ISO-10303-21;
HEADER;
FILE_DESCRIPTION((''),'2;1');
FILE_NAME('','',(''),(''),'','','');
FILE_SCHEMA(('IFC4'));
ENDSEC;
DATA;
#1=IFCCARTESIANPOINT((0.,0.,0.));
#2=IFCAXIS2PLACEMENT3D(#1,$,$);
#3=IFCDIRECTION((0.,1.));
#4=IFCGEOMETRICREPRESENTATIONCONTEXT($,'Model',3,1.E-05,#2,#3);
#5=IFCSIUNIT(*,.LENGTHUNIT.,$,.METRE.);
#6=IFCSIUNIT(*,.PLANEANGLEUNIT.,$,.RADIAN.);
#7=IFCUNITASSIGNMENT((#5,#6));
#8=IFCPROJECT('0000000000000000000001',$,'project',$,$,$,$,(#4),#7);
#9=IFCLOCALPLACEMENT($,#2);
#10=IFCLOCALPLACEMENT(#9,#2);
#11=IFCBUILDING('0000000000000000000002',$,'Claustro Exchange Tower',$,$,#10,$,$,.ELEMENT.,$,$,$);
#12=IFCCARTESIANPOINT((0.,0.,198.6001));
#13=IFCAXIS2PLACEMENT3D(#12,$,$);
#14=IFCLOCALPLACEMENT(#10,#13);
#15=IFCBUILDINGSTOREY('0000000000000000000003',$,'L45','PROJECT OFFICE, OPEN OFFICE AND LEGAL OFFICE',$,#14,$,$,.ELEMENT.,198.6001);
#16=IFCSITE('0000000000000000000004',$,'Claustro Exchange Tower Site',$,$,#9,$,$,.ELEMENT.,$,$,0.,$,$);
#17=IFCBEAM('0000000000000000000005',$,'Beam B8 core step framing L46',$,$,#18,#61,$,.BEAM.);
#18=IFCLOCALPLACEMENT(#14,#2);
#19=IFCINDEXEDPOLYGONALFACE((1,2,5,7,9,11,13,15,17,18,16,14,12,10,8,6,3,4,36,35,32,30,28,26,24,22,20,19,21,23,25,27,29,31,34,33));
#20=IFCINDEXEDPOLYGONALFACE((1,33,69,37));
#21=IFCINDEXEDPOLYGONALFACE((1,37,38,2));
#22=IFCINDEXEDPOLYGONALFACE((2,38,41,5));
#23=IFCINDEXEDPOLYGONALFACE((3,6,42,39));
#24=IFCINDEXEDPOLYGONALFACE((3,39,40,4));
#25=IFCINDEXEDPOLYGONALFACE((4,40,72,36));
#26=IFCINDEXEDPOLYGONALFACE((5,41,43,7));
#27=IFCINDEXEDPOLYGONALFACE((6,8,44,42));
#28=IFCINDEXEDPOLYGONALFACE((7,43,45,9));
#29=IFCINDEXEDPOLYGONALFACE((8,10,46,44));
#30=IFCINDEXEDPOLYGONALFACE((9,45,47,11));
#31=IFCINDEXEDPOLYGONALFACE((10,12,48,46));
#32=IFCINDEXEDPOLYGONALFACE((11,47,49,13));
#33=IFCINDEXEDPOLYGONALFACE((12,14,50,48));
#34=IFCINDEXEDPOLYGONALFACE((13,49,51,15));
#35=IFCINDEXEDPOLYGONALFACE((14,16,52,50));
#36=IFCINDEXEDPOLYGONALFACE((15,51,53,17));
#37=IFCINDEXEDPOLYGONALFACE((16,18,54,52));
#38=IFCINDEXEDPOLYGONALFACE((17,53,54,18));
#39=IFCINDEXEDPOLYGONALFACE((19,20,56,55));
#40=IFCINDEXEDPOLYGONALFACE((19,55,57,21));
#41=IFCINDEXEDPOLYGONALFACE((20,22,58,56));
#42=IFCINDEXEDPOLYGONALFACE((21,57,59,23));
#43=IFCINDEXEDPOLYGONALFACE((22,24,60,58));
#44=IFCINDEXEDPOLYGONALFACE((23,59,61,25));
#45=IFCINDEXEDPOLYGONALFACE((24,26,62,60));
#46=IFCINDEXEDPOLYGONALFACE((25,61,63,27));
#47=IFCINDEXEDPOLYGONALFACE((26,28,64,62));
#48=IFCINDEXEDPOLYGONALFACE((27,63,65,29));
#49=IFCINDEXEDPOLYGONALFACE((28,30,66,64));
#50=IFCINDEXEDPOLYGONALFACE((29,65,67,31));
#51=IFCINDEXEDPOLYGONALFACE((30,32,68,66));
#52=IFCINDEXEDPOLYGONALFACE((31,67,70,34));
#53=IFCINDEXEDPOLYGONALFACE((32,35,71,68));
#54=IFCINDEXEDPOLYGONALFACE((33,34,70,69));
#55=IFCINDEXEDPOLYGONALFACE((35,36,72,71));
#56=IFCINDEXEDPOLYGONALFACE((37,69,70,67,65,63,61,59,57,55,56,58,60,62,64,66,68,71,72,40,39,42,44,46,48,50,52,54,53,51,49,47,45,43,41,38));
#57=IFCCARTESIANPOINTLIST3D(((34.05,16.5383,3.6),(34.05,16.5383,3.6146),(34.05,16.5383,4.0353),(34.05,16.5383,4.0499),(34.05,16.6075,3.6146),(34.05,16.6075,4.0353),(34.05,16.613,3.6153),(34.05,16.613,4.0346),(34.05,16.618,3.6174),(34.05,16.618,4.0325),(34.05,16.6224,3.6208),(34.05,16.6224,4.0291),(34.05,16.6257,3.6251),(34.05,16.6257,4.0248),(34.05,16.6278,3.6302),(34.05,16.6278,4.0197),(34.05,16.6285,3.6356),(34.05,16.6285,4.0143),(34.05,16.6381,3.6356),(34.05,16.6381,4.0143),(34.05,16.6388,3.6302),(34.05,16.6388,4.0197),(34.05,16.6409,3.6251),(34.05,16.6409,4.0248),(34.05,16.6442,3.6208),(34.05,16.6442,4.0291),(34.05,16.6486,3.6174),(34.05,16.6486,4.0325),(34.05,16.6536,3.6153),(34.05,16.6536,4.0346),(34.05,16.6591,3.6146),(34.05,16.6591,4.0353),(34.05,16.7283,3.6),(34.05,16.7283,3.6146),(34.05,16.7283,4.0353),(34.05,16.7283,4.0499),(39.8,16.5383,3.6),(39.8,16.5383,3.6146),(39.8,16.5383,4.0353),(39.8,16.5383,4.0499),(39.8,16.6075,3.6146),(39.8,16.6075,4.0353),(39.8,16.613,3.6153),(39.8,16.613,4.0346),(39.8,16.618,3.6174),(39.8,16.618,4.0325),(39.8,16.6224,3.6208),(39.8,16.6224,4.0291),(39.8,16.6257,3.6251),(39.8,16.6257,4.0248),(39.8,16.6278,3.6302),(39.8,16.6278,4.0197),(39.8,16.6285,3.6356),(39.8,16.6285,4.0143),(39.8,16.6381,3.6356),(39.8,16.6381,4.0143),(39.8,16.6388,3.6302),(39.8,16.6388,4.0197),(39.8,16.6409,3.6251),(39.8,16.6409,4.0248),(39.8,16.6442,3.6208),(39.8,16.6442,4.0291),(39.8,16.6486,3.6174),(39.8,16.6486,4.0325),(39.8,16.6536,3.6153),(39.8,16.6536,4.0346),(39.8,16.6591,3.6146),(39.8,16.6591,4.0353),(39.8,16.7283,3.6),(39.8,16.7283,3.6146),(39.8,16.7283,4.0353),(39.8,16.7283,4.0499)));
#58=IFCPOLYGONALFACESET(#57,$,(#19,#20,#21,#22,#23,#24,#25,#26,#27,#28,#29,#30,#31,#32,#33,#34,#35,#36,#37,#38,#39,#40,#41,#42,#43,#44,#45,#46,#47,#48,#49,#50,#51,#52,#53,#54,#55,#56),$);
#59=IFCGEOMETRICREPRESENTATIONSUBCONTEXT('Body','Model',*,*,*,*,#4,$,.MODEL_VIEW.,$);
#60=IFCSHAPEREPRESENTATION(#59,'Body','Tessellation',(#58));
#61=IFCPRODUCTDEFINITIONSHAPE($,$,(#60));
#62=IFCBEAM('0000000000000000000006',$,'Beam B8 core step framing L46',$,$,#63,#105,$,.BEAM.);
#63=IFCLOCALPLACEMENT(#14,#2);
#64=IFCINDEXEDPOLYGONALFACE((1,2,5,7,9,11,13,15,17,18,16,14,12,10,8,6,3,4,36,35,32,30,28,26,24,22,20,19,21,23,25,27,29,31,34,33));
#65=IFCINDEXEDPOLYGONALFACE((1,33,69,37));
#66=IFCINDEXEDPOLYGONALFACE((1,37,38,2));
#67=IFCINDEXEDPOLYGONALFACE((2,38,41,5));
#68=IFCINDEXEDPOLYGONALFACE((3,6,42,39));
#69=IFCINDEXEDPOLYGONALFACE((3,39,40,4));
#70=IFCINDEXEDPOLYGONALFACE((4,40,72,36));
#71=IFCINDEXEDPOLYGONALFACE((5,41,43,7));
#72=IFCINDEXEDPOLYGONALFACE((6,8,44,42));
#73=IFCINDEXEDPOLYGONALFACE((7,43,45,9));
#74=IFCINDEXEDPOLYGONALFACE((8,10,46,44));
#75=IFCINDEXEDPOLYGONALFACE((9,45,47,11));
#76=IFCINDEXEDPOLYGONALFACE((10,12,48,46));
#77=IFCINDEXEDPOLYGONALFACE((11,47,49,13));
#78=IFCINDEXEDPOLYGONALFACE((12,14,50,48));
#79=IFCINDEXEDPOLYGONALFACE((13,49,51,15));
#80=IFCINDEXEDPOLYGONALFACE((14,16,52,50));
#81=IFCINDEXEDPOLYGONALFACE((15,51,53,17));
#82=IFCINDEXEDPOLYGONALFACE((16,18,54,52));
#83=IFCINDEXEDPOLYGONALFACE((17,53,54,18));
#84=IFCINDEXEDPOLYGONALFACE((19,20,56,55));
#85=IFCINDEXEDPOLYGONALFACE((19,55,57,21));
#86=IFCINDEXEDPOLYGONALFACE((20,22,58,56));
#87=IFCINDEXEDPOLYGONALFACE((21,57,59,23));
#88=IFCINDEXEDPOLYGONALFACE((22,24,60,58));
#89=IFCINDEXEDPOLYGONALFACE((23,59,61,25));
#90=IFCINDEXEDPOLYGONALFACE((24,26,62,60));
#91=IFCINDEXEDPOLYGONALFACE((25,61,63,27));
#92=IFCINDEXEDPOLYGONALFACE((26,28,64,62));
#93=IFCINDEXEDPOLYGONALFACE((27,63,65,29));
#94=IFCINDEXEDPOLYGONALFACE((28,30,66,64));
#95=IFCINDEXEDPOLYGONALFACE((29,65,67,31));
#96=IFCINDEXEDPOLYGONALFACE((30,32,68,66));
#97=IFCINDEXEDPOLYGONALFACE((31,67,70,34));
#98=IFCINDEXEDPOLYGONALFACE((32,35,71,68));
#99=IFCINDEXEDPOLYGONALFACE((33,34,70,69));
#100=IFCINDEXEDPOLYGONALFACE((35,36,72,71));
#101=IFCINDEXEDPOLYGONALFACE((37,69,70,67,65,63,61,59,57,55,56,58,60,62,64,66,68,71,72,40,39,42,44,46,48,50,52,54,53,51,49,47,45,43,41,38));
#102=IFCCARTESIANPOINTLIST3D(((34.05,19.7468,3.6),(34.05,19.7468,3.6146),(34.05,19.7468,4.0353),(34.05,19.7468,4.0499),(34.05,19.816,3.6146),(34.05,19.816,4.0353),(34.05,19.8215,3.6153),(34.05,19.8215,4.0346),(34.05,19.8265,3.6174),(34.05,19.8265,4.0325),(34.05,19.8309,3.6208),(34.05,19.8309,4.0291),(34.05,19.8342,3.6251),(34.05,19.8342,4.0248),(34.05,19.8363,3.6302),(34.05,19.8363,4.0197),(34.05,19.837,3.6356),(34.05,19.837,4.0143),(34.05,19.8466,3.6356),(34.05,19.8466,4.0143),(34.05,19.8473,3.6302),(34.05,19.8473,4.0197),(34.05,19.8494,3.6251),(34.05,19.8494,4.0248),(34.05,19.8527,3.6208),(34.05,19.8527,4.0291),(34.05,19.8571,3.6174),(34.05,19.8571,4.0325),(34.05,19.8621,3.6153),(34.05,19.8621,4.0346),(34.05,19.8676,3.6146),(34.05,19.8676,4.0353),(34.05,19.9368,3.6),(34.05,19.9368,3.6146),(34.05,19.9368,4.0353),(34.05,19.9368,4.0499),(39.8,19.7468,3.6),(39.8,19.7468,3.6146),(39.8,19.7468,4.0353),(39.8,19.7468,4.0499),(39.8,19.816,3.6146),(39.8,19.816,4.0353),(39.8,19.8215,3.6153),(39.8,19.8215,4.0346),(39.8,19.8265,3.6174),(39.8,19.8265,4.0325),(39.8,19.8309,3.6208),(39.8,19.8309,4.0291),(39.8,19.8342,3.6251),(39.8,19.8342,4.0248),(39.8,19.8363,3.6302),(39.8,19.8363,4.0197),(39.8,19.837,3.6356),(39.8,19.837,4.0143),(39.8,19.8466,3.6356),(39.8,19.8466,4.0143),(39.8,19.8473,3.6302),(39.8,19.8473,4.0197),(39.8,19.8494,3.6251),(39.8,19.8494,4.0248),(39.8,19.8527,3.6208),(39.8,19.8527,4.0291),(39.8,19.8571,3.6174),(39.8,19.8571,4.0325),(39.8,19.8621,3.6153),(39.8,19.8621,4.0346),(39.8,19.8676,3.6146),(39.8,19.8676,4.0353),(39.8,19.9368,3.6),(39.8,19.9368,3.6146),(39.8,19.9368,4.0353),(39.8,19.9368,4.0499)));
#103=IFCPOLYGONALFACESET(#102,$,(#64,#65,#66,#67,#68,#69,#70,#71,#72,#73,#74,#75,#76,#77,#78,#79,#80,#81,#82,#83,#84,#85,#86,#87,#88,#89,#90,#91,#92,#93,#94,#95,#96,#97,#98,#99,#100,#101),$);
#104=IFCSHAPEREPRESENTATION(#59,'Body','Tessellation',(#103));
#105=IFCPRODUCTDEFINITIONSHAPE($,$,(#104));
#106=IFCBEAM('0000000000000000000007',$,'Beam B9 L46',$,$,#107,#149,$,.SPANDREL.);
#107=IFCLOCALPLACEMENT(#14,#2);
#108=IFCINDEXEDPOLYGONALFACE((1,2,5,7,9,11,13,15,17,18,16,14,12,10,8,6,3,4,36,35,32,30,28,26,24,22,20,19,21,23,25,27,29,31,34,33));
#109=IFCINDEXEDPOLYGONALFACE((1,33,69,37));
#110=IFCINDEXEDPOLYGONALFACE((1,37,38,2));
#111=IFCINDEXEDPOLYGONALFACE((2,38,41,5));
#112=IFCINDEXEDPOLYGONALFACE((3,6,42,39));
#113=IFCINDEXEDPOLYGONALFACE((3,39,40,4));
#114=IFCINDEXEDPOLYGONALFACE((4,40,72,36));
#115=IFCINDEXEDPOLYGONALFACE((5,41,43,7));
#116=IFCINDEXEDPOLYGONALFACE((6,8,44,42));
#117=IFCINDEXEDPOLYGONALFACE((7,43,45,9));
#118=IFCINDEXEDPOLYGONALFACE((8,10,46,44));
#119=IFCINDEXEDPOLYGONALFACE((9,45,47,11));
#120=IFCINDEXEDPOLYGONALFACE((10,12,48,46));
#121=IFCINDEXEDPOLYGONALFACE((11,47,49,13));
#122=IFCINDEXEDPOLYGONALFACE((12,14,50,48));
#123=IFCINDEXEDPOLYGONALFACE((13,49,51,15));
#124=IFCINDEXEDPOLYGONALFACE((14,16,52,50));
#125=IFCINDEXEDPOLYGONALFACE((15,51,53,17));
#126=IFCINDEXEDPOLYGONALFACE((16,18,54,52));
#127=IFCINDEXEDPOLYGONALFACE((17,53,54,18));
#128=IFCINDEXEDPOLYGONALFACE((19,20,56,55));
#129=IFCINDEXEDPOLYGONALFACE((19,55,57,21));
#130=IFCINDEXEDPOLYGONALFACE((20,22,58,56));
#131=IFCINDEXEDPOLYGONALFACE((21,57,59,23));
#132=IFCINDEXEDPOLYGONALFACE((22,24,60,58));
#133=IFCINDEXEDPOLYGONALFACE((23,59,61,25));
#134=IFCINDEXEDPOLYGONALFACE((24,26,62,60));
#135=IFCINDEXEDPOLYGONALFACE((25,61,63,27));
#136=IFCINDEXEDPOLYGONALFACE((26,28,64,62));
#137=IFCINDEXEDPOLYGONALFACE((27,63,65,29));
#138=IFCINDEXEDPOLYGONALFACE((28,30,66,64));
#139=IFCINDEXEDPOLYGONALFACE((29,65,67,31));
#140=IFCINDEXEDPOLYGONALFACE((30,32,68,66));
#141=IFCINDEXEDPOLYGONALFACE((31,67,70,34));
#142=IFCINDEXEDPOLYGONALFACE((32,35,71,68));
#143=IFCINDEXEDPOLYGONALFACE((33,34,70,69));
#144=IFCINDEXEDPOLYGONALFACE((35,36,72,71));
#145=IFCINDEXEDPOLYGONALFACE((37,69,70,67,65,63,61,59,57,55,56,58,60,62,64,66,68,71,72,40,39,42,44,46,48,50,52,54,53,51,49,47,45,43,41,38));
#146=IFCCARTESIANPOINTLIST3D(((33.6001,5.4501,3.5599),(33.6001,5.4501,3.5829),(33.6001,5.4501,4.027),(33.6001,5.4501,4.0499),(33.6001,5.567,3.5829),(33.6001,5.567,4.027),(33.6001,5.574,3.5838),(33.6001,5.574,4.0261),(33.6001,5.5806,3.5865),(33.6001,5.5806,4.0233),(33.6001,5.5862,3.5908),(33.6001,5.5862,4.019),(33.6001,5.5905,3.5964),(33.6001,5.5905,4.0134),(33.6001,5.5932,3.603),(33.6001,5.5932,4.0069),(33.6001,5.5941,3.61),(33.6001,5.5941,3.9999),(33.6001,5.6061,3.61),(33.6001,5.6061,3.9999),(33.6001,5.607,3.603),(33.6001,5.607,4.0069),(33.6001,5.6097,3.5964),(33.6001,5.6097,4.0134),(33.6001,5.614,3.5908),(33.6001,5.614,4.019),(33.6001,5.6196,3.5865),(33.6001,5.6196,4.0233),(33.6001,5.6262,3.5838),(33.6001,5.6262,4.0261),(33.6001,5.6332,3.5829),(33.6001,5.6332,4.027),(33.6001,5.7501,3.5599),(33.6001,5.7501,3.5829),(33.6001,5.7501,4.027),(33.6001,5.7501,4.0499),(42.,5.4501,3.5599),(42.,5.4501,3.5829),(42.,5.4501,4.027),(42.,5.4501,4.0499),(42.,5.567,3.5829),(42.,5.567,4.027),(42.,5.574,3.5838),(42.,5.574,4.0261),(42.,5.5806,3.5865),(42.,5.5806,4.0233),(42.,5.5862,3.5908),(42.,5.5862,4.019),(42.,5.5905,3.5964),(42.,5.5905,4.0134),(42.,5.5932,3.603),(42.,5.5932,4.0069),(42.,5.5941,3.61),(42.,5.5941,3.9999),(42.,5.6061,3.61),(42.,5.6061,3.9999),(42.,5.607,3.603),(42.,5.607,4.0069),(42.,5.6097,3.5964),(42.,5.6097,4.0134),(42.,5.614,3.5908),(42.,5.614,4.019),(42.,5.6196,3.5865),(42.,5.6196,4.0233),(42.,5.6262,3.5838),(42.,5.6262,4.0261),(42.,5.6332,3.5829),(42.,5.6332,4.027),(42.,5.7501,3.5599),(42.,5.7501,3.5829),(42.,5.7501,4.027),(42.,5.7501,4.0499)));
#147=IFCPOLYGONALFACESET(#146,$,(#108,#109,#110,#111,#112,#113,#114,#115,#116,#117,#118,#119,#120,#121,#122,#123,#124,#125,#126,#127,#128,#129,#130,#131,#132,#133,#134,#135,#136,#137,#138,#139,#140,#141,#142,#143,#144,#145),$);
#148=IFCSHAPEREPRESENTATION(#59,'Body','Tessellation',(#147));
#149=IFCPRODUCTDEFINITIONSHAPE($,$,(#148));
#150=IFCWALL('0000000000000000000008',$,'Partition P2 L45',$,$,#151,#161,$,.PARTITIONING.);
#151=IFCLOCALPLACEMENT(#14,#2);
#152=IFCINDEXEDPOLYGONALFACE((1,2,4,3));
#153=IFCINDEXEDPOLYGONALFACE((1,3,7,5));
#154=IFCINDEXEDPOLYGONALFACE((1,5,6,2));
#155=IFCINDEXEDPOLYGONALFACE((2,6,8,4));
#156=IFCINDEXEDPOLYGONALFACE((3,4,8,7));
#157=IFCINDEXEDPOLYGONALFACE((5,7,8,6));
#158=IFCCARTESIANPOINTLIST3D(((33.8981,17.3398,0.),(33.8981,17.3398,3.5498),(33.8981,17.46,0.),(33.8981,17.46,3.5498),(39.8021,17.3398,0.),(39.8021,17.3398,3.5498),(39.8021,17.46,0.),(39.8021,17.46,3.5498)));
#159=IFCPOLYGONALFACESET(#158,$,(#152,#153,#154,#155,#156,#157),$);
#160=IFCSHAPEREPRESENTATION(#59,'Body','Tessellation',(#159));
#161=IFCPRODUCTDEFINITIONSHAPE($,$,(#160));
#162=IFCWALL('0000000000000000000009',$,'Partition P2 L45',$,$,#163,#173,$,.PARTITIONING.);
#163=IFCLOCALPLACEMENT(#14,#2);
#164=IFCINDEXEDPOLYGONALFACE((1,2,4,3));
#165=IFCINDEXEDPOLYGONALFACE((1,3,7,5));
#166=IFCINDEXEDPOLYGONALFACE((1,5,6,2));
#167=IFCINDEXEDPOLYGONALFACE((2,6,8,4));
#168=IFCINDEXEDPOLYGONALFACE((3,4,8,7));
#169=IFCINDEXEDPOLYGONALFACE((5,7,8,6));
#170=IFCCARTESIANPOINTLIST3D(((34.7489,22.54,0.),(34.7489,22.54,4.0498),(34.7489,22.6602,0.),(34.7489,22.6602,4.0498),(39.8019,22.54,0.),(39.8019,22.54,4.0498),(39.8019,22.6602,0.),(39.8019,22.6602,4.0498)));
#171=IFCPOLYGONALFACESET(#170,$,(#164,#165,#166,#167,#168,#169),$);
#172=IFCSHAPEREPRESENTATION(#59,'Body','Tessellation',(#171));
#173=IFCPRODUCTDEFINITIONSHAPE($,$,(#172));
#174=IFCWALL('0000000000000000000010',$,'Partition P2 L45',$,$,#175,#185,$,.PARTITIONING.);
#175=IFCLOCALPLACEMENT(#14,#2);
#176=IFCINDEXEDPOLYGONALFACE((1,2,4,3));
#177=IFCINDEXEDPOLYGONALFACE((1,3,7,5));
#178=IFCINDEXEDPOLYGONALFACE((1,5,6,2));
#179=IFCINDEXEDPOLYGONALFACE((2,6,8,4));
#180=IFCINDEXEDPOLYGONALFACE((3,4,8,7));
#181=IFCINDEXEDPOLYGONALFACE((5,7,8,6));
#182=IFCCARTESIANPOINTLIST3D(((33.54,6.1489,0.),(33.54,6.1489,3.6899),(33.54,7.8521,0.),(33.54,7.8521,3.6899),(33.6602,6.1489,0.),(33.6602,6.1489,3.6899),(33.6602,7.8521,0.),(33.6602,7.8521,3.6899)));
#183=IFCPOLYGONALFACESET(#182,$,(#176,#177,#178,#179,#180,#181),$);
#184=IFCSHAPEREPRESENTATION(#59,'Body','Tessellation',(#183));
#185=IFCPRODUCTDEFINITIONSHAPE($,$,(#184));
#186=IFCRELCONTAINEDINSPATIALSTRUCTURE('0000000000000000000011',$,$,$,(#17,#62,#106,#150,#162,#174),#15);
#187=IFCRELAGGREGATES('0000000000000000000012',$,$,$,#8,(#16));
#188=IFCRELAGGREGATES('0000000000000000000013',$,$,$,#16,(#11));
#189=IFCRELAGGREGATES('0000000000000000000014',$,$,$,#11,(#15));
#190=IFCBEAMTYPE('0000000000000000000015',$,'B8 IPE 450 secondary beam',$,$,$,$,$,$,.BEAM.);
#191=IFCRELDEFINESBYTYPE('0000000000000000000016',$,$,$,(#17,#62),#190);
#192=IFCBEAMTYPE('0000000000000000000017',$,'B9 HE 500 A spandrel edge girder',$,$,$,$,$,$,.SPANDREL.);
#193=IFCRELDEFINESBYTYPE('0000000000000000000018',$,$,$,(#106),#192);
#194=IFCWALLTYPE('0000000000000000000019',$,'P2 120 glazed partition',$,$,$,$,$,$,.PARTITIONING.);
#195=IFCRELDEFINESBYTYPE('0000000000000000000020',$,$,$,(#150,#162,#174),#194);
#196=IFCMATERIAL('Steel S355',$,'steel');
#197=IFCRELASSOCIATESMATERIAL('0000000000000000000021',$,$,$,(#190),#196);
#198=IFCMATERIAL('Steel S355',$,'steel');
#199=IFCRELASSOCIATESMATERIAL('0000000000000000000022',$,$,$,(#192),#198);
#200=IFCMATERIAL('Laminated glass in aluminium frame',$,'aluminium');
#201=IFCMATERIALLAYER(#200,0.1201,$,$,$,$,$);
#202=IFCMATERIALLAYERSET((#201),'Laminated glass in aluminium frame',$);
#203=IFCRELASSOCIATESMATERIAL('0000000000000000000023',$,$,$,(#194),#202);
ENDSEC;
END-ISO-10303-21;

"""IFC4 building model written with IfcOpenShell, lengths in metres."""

from ifc_helpers import new_model, si_unit, direction, frame, frame_2d, origin, origin_2d, place, context, subcontext, project, spatial, rectangle, i_section, extrude, material, layer, layer_set, material_profile, profile_set, type_object, element, save


model = new_model("IFC4")

# Units and contexts
model_context = context("Model", 3, precision=1e-05, world=origin(), true_north=direction((0.0, 1.0)))
body_context = subcontext(model_context, "Body", "Model", "MODEL_VIEW")
ifc_project = project(units=[si_unit("LENGTHUNIT", "METRE"), si_unit("PLANEANGLEUNIT", "RADIAN")], contexts=[model_context])

# Site, building, storey
site_placement = place(None, origin())
site = spatial("IfcSite", under=ifc_project, at=site_placement, Name="Claustro Exchange Tower Site", CompositionType="ELEMENT", RefElevation=0.0)
building_placement = place(site_placement, origin())
building = spatial("IfcBuilding", under=site, at=building_placement, Name="Claustro Exchange Tower", CompositionType="ELEMENT")
storey_placement = place(building_placement, frame((0.0, 0.0, 198.6001)))
storey = spatial("IfcBuildingStorey", under=building, at=storey_placement, Name="L45", Description="PROJECT OFFICE, OPEN OFFICE AND LEGAL OFFICE", CompositionType="ELEMENT", Elevation=198.6001)

# Beams
ifc_material_1 = material(Name="Steel S355", Category="steel")
ifc_material_profile_1 = material_profile(ifc_material_1, i_section(OverallWidth=0.1899, OverallDepth=0.45, WebThickness=0.0095, FlangeThickness=0.0146, FilletRadius=0.021, at=origin_2d()), Name="IPE 450")
ifc_profile_set_1 = profile_set([ifc_material_profile_1], Name="Steel S355")
beam_type_1 = type_object("IfcBeamType", Name="B8 IPE 450 secondary beam", PredefinedType="BEAM", material=ifc_profile_set_1)
for number, where, z_axis, x_axis, name in (
    (1, (34.05, 16.6333, 3.825), (1.0, 0.0, 0.0), (0.0, 1.0, 0.0), "Beam B8 core step framing L46"),
    (2, (34.05, 19.8418, 3.825), (1.0, 0.0, 0.0), (0.0, 1.0, 0.0), "Beam B8 core step framing L46"),
):
    element("IfcBeam", number, at=place(storey_placement, frame(where, z_axis=z_axis, x_axis=x_axis)), inside=storey, type_object=beam_type_1, Name=name, PredefinedType="BEAM", context=body_context, shape_type="SweptSolid", body=[
        extrude(i_section(OverallWidth=0.1899, OverallDepth=0.45, WebThickness=0.0095, FlangeThickness=0.0146, FilletRadius=0.021, at=origin_2d()), origin(), (0.0, 0.0, 1.0), 5.75),
    ])
ifc_material_2 = material(Name="Steel S355", Category="steel")
ifc_material_profile_2 = material_profile(ifc_material_2, i_section(OverallWidth=0.3, OverallDepth=0.49, WebThickness=0.012, FlangeThickness=0.0229, FilletRadius=0.0271, at=origin_2d()), Name="HE 500 A")
ifc_profile_set_2 = profile_set([ifc_material_profile_2], Name="Steel S355")
beam_type_2 = type_object("IfcBeamType", Name="B9 HE 500 A spandrel edge girder", PredefinedType="SPANDREL", material=ifc_profile_set_2)
beam_1_placement = place(storey_placement, frame((33.6001, 5.6001, 3.8049), z_axis=(1.0, 0.0, 0.0), x_axis=(0.0, 1.0, 0.0)))
element("IfcBeam", 3, at=beam_1_placement, inside=storey, type_object=beam_type_2, Name="Beam B9 L46", PredefinedType="SPANDREL", context=body_context, shape_type="SweptSolid", body=[
    extrude(i_section(OverallWidth=0.3, OverallDepth=0.49, WebThickness=0.012, FlangeThickness=0.0229, FilletRadius=0.0271, at=origin_2d()), origin(), (0.0, 0.0, 1.0), 8.3999),
])

# Walls
ifc_material_3 = material(Name="Laminated glass in aluminium frame", Category="aluminium")
ifc_layer_1 = layer(ifc_material_3, 0.1201)
ifc_layer_set_1 = layer_set([ifc_layer_1], Name="Laminated glass in aluminium frame")
wall_type_1 = type_object("IfcWallType", Name="P2 120 glazed partition", PredefinedType="PARTITIONING", material=ifc_layer_set_1)
wall_1_placement = place(storey_placement, frame((33.8979, 17.3999, 0.0), z_axis=(0.0, 0.0, 1.0), x_axis=(1.0, 0.0, 0.0)))
element("IfcWall", 4, at=wall_1_placement, inside=storey, type_object=wall_type_1, Name="Partition P2 L45", PredefinedType="PARTITIONING", context=body_context, shape_type="SweptSolid", body=[
    extrude(rectangle(XDim=5.9041, YDim=0.1201, at=frame_2d((2.9521, 0.0))), origin(), (0.0, 0.0, 1.0), 3.5498),
])
wall_2_placement = place(storey_placement, frame((34.749, 22.6001, 0.0), z_axis=(0.0, 0.0, 1.0), x_axis=(1.0, 0.0, 0.0)))
element("IfcWall", 5, at=wall_2_placement, inside=storey, type_object=wall_type_1, Name="Partition P2 L45", PredefinedType="PARTITIONING", context=body_context, shape_type="SweptSolid", body=[
    extrude(rectangle(XDim=5.053, YDim=0.1201, at=frame_2d((2.5264, 0.0))), origin(), (0.0, 0.0, 1.0), 4.0498),
])
wall_3_placement = place(storey_placement, frame((33.6001, 6.1489, 0.0), z_axis=(0.0, 0.0, 1.0), x_axis=(0.0, 1.0, 0.0)))
element("IfcWall", 6, at=wall_3_placement, inside=storey, type_object=wall_type_1, Name="Partition P2 L45", PredefinedType="PARTITIONING", context=body_context, shape_type="SweptSolid", body=[
    extrude(rectangle(XDim=1.7031, YDim=0.1201, at=frame_2d((0.8516, 0.0))), origin(), (0.0, 0.0, 1.0), 3.6899),
])

save(model, "model.ifc")
